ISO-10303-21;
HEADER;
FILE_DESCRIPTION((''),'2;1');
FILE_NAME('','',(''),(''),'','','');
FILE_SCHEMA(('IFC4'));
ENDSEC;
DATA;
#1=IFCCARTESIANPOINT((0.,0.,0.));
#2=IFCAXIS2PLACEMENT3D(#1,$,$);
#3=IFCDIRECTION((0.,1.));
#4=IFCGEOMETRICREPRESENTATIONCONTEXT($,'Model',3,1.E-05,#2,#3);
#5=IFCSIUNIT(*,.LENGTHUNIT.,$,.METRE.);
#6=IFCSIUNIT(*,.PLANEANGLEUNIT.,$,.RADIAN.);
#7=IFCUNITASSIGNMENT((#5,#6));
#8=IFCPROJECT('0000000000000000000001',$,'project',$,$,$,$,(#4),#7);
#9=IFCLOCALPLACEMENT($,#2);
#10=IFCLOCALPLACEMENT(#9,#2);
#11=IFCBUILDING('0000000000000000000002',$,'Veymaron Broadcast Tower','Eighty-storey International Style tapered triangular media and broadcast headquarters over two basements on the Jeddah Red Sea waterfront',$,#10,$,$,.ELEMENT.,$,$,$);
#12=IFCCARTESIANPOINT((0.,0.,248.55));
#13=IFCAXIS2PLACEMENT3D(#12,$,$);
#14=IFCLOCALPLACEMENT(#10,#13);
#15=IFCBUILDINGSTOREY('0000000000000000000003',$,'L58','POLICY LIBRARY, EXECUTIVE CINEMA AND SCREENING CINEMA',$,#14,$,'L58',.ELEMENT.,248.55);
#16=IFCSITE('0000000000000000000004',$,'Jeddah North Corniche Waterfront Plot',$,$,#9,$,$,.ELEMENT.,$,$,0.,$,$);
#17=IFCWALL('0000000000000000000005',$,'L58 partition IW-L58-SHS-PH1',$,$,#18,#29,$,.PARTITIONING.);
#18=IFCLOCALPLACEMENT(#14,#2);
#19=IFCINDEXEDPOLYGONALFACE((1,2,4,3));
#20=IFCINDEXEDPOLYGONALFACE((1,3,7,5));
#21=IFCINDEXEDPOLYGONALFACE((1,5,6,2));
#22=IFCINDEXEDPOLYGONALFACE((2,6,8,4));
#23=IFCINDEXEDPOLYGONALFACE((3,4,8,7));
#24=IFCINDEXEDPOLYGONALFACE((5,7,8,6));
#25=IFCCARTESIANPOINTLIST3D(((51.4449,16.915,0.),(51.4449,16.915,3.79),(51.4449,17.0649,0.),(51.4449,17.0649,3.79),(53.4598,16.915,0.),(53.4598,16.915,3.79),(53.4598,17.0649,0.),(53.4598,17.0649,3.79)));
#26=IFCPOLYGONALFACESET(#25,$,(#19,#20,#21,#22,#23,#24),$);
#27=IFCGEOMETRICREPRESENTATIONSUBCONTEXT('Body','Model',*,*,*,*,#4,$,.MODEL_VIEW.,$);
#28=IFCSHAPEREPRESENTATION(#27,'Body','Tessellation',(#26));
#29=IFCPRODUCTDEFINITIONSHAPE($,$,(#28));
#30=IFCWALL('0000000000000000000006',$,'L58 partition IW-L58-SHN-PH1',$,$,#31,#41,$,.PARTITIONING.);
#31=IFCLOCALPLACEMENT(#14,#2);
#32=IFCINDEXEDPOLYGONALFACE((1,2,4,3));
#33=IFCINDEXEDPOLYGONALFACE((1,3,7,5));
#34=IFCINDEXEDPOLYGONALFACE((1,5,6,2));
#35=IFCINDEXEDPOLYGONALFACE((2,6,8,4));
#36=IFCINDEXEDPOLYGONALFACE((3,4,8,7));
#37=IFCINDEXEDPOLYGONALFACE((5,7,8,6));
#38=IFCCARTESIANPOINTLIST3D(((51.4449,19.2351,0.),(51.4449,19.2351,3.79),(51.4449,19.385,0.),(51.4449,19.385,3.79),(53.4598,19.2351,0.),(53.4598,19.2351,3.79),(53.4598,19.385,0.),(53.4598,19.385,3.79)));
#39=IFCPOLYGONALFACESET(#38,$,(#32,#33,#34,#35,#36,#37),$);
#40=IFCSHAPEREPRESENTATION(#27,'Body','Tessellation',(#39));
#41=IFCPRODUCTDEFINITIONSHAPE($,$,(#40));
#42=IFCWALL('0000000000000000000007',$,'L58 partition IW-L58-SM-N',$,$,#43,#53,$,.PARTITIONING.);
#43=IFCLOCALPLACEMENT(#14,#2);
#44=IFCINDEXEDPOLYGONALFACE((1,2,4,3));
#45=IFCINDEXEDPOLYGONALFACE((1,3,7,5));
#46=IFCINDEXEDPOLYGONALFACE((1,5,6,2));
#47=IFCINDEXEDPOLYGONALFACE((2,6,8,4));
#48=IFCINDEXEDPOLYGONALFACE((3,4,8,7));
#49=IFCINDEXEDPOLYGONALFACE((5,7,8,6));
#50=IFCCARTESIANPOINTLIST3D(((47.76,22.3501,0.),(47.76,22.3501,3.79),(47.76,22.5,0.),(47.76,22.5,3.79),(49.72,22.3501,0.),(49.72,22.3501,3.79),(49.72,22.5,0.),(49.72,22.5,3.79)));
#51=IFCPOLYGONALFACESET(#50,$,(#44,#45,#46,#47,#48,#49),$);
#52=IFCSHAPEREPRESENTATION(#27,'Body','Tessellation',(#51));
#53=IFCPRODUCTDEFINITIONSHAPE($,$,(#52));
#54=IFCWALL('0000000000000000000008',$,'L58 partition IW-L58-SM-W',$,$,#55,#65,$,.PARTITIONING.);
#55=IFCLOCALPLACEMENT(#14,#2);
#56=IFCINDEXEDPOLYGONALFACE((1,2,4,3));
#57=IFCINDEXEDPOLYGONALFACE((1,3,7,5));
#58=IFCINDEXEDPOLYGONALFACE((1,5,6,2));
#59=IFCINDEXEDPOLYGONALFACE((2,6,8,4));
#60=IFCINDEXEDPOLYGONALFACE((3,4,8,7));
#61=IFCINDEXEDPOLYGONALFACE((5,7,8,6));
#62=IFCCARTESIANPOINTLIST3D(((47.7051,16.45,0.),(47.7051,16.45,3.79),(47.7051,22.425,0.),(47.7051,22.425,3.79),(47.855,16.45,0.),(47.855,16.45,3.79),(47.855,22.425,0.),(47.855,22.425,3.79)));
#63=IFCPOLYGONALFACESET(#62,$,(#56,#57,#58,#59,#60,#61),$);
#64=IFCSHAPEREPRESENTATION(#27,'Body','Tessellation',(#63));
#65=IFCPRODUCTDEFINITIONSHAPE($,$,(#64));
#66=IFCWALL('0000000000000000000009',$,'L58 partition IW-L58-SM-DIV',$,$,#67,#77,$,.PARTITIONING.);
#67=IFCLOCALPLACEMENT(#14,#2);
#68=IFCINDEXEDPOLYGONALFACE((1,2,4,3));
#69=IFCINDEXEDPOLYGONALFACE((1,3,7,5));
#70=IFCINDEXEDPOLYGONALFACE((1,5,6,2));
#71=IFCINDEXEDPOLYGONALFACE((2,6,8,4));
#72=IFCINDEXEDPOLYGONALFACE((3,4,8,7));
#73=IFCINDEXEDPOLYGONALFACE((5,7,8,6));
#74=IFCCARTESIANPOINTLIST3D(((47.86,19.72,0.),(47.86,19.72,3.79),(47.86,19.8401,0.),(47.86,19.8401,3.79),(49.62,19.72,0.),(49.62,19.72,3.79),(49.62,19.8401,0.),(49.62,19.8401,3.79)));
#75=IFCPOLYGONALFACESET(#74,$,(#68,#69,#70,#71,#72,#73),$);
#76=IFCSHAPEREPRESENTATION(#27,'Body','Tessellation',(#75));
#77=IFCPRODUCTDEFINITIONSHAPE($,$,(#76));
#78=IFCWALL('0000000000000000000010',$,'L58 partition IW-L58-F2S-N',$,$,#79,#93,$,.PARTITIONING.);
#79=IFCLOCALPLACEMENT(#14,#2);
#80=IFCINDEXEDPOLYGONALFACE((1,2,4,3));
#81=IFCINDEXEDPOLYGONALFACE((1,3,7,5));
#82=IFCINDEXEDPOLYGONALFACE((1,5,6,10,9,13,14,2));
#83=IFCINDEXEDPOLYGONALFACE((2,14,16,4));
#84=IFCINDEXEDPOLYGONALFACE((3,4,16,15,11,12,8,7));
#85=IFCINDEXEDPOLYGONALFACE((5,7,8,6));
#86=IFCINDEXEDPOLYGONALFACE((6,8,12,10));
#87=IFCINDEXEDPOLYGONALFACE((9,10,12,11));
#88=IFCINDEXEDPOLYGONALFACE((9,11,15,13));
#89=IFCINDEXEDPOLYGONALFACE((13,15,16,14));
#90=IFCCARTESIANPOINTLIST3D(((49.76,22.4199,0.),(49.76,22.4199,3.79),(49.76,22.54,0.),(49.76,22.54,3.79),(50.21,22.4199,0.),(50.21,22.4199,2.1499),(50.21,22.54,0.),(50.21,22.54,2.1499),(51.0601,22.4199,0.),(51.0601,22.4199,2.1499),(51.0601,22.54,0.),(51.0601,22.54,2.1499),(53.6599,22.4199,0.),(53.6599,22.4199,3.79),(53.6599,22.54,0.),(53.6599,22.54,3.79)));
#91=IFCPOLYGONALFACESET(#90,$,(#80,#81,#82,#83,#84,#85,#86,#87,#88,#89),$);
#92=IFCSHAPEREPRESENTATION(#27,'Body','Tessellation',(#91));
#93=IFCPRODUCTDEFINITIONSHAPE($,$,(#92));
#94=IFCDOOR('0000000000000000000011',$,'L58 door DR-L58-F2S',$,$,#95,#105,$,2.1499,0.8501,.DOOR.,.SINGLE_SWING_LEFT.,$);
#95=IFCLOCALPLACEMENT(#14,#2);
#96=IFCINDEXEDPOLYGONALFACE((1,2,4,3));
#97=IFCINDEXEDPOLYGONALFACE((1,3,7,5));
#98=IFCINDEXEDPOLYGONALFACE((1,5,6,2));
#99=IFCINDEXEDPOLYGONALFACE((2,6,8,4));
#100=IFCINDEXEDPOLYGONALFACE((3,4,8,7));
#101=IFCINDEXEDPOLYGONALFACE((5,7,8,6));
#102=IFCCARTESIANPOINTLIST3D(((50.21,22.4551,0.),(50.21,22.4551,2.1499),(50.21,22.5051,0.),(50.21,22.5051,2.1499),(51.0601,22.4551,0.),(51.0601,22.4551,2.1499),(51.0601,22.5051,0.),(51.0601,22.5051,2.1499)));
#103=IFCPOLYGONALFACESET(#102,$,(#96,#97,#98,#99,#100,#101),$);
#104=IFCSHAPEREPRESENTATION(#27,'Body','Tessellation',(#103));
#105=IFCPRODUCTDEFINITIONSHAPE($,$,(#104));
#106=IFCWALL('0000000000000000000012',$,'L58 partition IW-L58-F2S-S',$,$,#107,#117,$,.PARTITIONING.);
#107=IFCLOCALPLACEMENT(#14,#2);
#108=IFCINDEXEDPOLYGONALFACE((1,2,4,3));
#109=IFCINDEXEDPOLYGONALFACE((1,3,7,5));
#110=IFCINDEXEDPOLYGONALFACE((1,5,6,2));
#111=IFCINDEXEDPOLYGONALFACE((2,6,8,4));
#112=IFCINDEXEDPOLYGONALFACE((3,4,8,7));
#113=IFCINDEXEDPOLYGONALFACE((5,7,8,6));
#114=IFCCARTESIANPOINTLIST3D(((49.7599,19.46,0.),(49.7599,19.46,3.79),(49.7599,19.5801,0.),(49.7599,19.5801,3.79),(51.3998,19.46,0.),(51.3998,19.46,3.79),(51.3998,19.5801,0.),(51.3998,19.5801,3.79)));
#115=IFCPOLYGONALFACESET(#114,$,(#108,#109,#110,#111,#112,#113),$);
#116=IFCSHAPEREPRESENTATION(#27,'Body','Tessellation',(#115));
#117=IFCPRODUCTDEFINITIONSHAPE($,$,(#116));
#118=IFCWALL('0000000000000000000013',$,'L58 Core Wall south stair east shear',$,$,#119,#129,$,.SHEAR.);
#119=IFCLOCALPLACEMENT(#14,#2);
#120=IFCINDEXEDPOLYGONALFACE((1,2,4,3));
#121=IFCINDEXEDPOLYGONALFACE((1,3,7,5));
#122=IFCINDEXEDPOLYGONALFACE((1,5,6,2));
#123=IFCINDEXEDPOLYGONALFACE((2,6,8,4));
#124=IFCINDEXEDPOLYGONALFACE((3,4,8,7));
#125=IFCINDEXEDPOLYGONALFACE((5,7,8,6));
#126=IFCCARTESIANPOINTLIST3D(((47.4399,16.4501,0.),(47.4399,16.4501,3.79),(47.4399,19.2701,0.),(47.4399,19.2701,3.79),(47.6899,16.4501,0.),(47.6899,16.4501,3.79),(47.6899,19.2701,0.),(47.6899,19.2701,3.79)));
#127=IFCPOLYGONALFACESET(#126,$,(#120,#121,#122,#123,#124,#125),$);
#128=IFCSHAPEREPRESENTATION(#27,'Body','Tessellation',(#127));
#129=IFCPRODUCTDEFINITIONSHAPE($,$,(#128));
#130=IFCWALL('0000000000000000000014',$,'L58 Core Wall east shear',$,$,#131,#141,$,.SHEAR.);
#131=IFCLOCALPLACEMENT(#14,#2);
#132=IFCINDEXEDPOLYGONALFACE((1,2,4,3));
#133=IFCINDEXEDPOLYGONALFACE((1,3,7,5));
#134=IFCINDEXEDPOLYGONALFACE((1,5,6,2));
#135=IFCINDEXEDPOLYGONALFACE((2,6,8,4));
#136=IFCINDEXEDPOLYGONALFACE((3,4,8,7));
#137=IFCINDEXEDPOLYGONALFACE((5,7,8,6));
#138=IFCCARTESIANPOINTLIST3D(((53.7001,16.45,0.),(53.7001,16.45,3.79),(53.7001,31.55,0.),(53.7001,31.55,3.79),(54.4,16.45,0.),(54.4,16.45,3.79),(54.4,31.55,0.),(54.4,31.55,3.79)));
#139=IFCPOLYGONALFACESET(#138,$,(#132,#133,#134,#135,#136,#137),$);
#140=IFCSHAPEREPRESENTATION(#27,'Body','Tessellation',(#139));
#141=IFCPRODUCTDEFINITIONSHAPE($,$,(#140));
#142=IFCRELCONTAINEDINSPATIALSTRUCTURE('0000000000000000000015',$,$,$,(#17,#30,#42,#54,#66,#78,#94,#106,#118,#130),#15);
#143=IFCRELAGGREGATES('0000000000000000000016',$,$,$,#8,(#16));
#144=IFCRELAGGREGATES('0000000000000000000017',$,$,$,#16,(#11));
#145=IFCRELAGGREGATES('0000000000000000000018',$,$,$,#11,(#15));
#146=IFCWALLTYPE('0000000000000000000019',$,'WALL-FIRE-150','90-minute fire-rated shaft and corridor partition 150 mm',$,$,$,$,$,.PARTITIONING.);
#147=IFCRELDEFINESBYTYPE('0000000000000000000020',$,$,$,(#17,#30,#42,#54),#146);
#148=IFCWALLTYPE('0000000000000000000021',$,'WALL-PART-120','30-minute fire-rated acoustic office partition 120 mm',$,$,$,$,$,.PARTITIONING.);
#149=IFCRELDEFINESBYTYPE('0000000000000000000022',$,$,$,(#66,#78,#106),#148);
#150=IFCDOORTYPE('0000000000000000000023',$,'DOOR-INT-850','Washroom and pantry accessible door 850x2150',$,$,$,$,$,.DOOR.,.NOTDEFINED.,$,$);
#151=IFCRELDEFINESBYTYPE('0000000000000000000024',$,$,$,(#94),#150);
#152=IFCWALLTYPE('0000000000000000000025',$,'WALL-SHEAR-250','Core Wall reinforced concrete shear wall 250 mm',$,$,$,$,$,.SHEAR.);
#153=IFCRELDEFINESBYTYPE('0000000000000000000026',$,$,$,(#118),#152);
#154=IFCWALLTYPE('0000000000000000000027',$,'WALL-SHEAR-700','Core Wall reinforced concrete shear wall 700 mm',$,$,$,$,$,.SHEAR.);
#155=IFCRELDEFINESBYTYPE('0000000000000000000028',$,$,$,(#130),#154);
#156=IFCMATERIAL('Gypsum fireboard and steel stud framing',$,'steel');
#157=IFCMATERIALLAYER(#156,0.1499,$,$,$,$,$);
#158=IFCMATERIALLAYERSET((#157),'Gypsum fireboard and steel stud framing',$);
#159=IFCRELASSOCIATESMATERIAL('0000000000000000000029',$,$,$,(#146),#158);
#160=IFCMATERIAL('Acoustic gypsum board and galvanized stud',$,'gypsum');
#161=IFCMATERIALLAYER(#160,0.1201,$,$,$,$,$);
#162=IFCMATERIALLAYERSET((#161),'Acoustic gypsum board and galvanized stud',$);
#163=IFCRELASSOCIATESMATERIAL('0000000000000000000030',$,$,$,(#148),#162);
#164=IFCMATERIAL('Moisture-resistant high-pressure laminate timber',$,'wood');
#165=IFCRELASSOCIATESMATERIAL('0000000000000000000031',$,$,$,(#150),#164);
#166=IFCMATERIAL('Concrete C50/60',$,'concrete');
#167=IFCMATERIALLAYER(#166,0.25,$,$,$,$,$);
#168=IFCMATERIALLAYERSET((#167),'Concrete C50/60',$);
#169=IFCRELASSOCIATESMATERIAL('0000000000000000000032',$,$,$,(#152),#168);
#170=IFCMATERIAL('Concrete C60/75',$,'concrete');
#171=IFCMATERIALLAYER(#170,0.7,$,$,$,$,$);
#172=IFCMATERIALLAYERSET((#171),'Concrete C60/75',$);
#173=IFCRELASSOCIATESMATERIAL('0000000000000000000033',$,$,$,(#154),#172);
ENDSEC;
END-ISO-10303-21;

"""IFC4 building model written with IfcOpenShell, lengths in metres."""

from ifc_helpers import new_model, si_unit, direction, frame, frame_2d, origin, place, context, subcontext, project, spatial, rectangle, extrude, material, layer, layer_set, type_object, element, fill, save


model = new_model("IFC4")

# Units and contexts
model_context = context("Model", 3, precision=1e-05, world=origin(), true_north=direction((0.0, 1.0)))
body_context = subcontext(model_context, "Body", "Model", "MODEL_VIEW")
ifc_project = project(units=[si_unit("LENGTHUNIT", "METRE"), si_unit("PLANEANGLEUNIT", "RADIAN")], contexts=[model_context])

# Site, building, storey
site_placement = place(None, origin())
site = spatial("IfcSite", under=ifc_project, at=site_placement, Name="Jeddah North Corniche Waterfront Plot", CompositionType="ELEMENT", RefElevation=0.0)
building_placement = place(site_placement, origin())
building = spatial("IfcBuilding", under=site, at=building_placement, Name="Veymaron Broadcast Tower", Description="Eighty-storey International Style tapered triangular media and broadcast headquarters over two basements on the Jeddah Red Sea waterfront", CompositionType="ELEMENT")
storey_placement = place(building_placement, frame((0.0, 0.0, 248.55)))
storey = spatial("IfcBuildingStorey", under=building, at=storey_placement, Name="L58", Description="POLICY LIBRARY, EXECUTIVE CINEMA AND SCREENING CINEMA", LongName="L58", CompositionType="ELEMENT", Elevation=248.55)

# Shared definitions
ifc_material_1 = material(Name="Gypsum fireboard and steel stud framing", Category="steel")
ifc_layer_1 = layer(ifc_material_1, 0.1499)
ifc_layer_set_1 = layer_set([ifc_layer_1], Name="Gypsum fireboard and steel stud framing")
wall_type_1 = type_object("IfcWallType", Name="WALL-FIRE-150", Description="90-minute fire-rated shaft and corridor partition 150 mm", PredefinedType="PARTITIONING", material=ifc_layer_set_1)

# Walls
for number, where, z_axis, x_axis, name in (
    (1, (51.4451, 16.99, 0.0), (0.0, 0.0, 1.0), (1.0, 0.0, 0.0), "L58 partition IW-L58-SHS-PH1"),
    (2, (51.4451, 19.3101, 0.0), (0.0, 0.0, 1.0), (1.0, 0.0, 0.0), "L58 partition IW-L58-SHN-PH1"),
):
    element("IfcWall", number, at=place(storey_placement, frame(where, z_axis=z_axis, x_axis=x_axis)), inside=storey, type_object=wall_type_1, Name=name, PredefinedType="PARTITIONING", context=body_context, shape_type="SweptSolid", body=[
        extrude(rectangle(XDim=2.0149, YDim=0.1499, at=frame_2d((1.0073, 0.0))), origin(), (0.0, 0.0, 1.0), 3.79),
    ])

# Walls
wall_1_placement = place(storey_placement, frame((47.76, 22.425, 0.0), z_axis=(0.0, 0.0, 1.0), x_axis=(1.0, 0.0, 0.0)))
element("IfcWall", 3, at=wall_1_placement, inside=storey, type_object=wall_type_1, Name="L58 partition IW-L58-SM-N", PredefinedType="PARTITIONING", context=body_context, shape_type="SweptSolid", body=[
    extrude(rectangle(XDim=1.96, YDim=0.1499, at=frame_2d((0.98, 0.0))), origin(), (0.0, 0.0, 1.0), 3.79),
])
wall_2_placement = place(storey_placement, frame((47.78, 16.45, 0.0), z_axis=(0.0, 0.0, 1.0), x_axis=(0.0, 1.0, 0.0)))
element("IfcWall", 4, at=wall_2_placement, inside=storey, type_object=wall_type_1, Name="L58 partition IW-L58-SM-W", PredefinedType="PARTITIONING", context=body_context, shape_type="SweptSolid", body=[
    extrude(rectangle(XDim=5.9751, YDim=0.1499, at=frame_2d((2.9875, 0.0))), origin(), (0.0, 0.0, 1.0), 3.79),
])
ifc_material_2 = material(Name="Acoustic gypsum board and galvanized stud", Category="gypsum")
ifc_layer_2 = layer(ifc_material_2, 0.1201)
ifc_layer_set_2 = layer_set([ifc_layer_2], Name="Acoustic gypsum board and galvanized stud")
wall_type_2 = type_object("IfcWallType", Name="WALL-PART-120", Description="30-minute fire-rated acoustic office partition 120 mm", PredefinedType="PARTITIONING", material=ifc_layer_set_2)
wall_3_placement = place(storey_placement, frame((47.8601, 19.78, 0.0), z_axis=(0.0, 0.0, 1.0), x_axis=(1.0, 0.0, 0.0)))
element("IfcWall", 5, at=wall_3_placement, inside=storey, type_object=wall_type_2, Name="L58 partition IW-L58-SM-DIV", PredefinedType="PARTITIONING", context=body_context, shape_type="SweptSolid", body=[
    extrude(rectangle(XDim=1.76, YDim=0.1201, at=frame_2d((0.8799, 0.0))), origin(), (0.0, 0.0, 1.0), 3.79),
])

# Shared definitions
ifc_material_3 = material(Name="Moisture-resistant high-pressure laminate timber", Category="wood")
door_type_1 = type_object("IfcDoorType", Name="DOOR-INT-850", Description="Washroom and pantry accessible door 850x2150", OperationType="NOTDEFINED", PredefinedType="DOOR", material=ifc_material_3)

# Wall, opening, door
wall_4_placement = place(storey_placement, frame((49.76, 22.48, 0.0), z_axis=(0.0, 0.0, 1.0), x_axis=(1.0, 0.0, 0.0)))
wall_4 = element("IfcWall", 6, at=wall_4_placement, inside=storey, type_object=wall_type_2, Name="L58 partition IW-L58-F2S-N", PredefinedType="PARTITIONING", context=body_context, shape_type="SweptSolid", body=[
    extrude(rectangle(XDim=3.8999, YDim=0.1201, at=frame_2d((1.95, 0.0))), origin(), (0.0, 0.0, 1.0), 3.79),
])
opening_1_placement = place(wall_4_placement, frame((0.45, 0.0, 0.0)))
opening_1 = element("IfcOpeningElement", 7, at=opening_1_placement, cuts=wall_4, PredefinedType="OPENING", context=body_context, shape_type="SweptSolid", body=[
    extrude(rectangle(XDim=0.8501, YDim=2.1499, at=frame_2d((0.425, 1.075))), frame((0.0, 0.0701, 0.0), z_axis=(0.0, -1.0, 0.0), x_axis=(1.0, 0.0, 0.0)), (0.0, 0.0, 1.0), 0.1401),
])
door_1_placement = place(opening_1_placement, frame((0.8501, 0.0, 0.0), z_axis=(0.0, 0.0, 1.0), x_axis=(-1.0, 0.0, 0.0)))
door_1 = element("IfcDoor", 8, at=door_1_placement, inside=storey, type_object=door_type_1, Name="L58 door DR-L58-F2S", OperationType="SINGLE_SWING_LEFT", OverallHeight=2.1499, OverallWidth=0.8501, PredefinedType="DOOR", context=body_context, shape_type="SweptSolid", body=[
    extrude(rectangle(XDim=0.8501, YDim=2.1499, at=frame_2d((0.425, 1.075))), frame((0.0, 0.0249, 0.0), z_axis=(0.0, -1.0, 0.0), x_axis=(1.0, 0.0, 0.0)), (0.0, 0.0, 1.0), 0.05),
])
fill(opening_1, door_1)

# Walls
wall_5_placement = place(storey_placement, frame((49.76, 19.52, 0.0), z_axis=(0.0, 0.0, 1.0), x_axis=(1.0, 0.0, 0.0)))
element("IfcWall", 9, at=wall_5_placement, inside=storey, type_object=wall_type_2, Name="L58 partition IW-L58-F2S-S", PredefinedType="PARTITIONING", context=body_context, shape_type="SweptSolid", body=[
    extrude(rectangle(XDim=1.6399, YDim=0.1201, at=frame_2d((0.8198, 0.0))), origin(), (0.0, 0.0, 1.0), 3.79),
])
ifc_material_4 = material(Name="Concrete C50/60", Category="concrete")
ifc_layer_3 = layer(ifc_material_4, 0.25)
ifc_layer_set_3 = layer_set([ifc_layer_3], Name="Concrete C50/60")
wall_type_3 = type_object("IfcWallType", Name="WALL-SHEAR-250", Description="Core Wall reinforced concrete shear wall 250 mm", PredefinedType="SHEAR", material=ifc_layer_set_3)
wall_6_placement = place(storey_placement, frame((47.5649, 16.45, 0.0), z_axis=(0.0, 0.0, 1.0), x_axis=(0.0, 1.0, 0.0)))
element("IfcWall", 10, at=wall_6_placement, inside=storey, type_object=wall_type_3, Name="L58 Core Wall south stair east shear", PredefinedType="SHEAR", context=body_context, shape_type="SweptSolid", body=[
    extrude(rectangle(XDim=2.8201, YDim=0.25, at=frame_2d((1.4102, 0.0))), origin(), (0.0, 0.0, 1.0), 3.79),
])
ifc_material_5 = material(Name="Concrete C60/75", Category="concrete")
ifc_layer_4 = layer(ifc_material_5, 0.7)
ifc_layer_set_4 = layer_set([ifc_layer_4], Name="Concrete C60/75")
wall_type_4 = type_object("IfcWallType", Name="WALL-SHEAR-700", Description="Core Wall reinforced concrete shear wall 700 mm", PredefinedType="SHEAR", material=ifc_layer_set_4)
wall_7_placement = place(storey_placement, frame((54.05, 16.45, 0.0), z_axis=(0.0, 0.0, 1.0), x_axis=(0.0, 1.0, 0.0)))
element("IfcWall", 11, at=wall_7_placement, inside=storey, type_object=wall_type_4, Name="L58 Core Wall east shear", PredefinedType="SHEAR", context=body_context, shape_type="SweptSolid", body=[
    extrude(rectangle(XDim=15.1001, YDim=0.7, at=frame_2d((7.55, 0.0))), origin(), (0.0, 0.0, 1.0), 3.79),
])

save(model, "model.ifc")
